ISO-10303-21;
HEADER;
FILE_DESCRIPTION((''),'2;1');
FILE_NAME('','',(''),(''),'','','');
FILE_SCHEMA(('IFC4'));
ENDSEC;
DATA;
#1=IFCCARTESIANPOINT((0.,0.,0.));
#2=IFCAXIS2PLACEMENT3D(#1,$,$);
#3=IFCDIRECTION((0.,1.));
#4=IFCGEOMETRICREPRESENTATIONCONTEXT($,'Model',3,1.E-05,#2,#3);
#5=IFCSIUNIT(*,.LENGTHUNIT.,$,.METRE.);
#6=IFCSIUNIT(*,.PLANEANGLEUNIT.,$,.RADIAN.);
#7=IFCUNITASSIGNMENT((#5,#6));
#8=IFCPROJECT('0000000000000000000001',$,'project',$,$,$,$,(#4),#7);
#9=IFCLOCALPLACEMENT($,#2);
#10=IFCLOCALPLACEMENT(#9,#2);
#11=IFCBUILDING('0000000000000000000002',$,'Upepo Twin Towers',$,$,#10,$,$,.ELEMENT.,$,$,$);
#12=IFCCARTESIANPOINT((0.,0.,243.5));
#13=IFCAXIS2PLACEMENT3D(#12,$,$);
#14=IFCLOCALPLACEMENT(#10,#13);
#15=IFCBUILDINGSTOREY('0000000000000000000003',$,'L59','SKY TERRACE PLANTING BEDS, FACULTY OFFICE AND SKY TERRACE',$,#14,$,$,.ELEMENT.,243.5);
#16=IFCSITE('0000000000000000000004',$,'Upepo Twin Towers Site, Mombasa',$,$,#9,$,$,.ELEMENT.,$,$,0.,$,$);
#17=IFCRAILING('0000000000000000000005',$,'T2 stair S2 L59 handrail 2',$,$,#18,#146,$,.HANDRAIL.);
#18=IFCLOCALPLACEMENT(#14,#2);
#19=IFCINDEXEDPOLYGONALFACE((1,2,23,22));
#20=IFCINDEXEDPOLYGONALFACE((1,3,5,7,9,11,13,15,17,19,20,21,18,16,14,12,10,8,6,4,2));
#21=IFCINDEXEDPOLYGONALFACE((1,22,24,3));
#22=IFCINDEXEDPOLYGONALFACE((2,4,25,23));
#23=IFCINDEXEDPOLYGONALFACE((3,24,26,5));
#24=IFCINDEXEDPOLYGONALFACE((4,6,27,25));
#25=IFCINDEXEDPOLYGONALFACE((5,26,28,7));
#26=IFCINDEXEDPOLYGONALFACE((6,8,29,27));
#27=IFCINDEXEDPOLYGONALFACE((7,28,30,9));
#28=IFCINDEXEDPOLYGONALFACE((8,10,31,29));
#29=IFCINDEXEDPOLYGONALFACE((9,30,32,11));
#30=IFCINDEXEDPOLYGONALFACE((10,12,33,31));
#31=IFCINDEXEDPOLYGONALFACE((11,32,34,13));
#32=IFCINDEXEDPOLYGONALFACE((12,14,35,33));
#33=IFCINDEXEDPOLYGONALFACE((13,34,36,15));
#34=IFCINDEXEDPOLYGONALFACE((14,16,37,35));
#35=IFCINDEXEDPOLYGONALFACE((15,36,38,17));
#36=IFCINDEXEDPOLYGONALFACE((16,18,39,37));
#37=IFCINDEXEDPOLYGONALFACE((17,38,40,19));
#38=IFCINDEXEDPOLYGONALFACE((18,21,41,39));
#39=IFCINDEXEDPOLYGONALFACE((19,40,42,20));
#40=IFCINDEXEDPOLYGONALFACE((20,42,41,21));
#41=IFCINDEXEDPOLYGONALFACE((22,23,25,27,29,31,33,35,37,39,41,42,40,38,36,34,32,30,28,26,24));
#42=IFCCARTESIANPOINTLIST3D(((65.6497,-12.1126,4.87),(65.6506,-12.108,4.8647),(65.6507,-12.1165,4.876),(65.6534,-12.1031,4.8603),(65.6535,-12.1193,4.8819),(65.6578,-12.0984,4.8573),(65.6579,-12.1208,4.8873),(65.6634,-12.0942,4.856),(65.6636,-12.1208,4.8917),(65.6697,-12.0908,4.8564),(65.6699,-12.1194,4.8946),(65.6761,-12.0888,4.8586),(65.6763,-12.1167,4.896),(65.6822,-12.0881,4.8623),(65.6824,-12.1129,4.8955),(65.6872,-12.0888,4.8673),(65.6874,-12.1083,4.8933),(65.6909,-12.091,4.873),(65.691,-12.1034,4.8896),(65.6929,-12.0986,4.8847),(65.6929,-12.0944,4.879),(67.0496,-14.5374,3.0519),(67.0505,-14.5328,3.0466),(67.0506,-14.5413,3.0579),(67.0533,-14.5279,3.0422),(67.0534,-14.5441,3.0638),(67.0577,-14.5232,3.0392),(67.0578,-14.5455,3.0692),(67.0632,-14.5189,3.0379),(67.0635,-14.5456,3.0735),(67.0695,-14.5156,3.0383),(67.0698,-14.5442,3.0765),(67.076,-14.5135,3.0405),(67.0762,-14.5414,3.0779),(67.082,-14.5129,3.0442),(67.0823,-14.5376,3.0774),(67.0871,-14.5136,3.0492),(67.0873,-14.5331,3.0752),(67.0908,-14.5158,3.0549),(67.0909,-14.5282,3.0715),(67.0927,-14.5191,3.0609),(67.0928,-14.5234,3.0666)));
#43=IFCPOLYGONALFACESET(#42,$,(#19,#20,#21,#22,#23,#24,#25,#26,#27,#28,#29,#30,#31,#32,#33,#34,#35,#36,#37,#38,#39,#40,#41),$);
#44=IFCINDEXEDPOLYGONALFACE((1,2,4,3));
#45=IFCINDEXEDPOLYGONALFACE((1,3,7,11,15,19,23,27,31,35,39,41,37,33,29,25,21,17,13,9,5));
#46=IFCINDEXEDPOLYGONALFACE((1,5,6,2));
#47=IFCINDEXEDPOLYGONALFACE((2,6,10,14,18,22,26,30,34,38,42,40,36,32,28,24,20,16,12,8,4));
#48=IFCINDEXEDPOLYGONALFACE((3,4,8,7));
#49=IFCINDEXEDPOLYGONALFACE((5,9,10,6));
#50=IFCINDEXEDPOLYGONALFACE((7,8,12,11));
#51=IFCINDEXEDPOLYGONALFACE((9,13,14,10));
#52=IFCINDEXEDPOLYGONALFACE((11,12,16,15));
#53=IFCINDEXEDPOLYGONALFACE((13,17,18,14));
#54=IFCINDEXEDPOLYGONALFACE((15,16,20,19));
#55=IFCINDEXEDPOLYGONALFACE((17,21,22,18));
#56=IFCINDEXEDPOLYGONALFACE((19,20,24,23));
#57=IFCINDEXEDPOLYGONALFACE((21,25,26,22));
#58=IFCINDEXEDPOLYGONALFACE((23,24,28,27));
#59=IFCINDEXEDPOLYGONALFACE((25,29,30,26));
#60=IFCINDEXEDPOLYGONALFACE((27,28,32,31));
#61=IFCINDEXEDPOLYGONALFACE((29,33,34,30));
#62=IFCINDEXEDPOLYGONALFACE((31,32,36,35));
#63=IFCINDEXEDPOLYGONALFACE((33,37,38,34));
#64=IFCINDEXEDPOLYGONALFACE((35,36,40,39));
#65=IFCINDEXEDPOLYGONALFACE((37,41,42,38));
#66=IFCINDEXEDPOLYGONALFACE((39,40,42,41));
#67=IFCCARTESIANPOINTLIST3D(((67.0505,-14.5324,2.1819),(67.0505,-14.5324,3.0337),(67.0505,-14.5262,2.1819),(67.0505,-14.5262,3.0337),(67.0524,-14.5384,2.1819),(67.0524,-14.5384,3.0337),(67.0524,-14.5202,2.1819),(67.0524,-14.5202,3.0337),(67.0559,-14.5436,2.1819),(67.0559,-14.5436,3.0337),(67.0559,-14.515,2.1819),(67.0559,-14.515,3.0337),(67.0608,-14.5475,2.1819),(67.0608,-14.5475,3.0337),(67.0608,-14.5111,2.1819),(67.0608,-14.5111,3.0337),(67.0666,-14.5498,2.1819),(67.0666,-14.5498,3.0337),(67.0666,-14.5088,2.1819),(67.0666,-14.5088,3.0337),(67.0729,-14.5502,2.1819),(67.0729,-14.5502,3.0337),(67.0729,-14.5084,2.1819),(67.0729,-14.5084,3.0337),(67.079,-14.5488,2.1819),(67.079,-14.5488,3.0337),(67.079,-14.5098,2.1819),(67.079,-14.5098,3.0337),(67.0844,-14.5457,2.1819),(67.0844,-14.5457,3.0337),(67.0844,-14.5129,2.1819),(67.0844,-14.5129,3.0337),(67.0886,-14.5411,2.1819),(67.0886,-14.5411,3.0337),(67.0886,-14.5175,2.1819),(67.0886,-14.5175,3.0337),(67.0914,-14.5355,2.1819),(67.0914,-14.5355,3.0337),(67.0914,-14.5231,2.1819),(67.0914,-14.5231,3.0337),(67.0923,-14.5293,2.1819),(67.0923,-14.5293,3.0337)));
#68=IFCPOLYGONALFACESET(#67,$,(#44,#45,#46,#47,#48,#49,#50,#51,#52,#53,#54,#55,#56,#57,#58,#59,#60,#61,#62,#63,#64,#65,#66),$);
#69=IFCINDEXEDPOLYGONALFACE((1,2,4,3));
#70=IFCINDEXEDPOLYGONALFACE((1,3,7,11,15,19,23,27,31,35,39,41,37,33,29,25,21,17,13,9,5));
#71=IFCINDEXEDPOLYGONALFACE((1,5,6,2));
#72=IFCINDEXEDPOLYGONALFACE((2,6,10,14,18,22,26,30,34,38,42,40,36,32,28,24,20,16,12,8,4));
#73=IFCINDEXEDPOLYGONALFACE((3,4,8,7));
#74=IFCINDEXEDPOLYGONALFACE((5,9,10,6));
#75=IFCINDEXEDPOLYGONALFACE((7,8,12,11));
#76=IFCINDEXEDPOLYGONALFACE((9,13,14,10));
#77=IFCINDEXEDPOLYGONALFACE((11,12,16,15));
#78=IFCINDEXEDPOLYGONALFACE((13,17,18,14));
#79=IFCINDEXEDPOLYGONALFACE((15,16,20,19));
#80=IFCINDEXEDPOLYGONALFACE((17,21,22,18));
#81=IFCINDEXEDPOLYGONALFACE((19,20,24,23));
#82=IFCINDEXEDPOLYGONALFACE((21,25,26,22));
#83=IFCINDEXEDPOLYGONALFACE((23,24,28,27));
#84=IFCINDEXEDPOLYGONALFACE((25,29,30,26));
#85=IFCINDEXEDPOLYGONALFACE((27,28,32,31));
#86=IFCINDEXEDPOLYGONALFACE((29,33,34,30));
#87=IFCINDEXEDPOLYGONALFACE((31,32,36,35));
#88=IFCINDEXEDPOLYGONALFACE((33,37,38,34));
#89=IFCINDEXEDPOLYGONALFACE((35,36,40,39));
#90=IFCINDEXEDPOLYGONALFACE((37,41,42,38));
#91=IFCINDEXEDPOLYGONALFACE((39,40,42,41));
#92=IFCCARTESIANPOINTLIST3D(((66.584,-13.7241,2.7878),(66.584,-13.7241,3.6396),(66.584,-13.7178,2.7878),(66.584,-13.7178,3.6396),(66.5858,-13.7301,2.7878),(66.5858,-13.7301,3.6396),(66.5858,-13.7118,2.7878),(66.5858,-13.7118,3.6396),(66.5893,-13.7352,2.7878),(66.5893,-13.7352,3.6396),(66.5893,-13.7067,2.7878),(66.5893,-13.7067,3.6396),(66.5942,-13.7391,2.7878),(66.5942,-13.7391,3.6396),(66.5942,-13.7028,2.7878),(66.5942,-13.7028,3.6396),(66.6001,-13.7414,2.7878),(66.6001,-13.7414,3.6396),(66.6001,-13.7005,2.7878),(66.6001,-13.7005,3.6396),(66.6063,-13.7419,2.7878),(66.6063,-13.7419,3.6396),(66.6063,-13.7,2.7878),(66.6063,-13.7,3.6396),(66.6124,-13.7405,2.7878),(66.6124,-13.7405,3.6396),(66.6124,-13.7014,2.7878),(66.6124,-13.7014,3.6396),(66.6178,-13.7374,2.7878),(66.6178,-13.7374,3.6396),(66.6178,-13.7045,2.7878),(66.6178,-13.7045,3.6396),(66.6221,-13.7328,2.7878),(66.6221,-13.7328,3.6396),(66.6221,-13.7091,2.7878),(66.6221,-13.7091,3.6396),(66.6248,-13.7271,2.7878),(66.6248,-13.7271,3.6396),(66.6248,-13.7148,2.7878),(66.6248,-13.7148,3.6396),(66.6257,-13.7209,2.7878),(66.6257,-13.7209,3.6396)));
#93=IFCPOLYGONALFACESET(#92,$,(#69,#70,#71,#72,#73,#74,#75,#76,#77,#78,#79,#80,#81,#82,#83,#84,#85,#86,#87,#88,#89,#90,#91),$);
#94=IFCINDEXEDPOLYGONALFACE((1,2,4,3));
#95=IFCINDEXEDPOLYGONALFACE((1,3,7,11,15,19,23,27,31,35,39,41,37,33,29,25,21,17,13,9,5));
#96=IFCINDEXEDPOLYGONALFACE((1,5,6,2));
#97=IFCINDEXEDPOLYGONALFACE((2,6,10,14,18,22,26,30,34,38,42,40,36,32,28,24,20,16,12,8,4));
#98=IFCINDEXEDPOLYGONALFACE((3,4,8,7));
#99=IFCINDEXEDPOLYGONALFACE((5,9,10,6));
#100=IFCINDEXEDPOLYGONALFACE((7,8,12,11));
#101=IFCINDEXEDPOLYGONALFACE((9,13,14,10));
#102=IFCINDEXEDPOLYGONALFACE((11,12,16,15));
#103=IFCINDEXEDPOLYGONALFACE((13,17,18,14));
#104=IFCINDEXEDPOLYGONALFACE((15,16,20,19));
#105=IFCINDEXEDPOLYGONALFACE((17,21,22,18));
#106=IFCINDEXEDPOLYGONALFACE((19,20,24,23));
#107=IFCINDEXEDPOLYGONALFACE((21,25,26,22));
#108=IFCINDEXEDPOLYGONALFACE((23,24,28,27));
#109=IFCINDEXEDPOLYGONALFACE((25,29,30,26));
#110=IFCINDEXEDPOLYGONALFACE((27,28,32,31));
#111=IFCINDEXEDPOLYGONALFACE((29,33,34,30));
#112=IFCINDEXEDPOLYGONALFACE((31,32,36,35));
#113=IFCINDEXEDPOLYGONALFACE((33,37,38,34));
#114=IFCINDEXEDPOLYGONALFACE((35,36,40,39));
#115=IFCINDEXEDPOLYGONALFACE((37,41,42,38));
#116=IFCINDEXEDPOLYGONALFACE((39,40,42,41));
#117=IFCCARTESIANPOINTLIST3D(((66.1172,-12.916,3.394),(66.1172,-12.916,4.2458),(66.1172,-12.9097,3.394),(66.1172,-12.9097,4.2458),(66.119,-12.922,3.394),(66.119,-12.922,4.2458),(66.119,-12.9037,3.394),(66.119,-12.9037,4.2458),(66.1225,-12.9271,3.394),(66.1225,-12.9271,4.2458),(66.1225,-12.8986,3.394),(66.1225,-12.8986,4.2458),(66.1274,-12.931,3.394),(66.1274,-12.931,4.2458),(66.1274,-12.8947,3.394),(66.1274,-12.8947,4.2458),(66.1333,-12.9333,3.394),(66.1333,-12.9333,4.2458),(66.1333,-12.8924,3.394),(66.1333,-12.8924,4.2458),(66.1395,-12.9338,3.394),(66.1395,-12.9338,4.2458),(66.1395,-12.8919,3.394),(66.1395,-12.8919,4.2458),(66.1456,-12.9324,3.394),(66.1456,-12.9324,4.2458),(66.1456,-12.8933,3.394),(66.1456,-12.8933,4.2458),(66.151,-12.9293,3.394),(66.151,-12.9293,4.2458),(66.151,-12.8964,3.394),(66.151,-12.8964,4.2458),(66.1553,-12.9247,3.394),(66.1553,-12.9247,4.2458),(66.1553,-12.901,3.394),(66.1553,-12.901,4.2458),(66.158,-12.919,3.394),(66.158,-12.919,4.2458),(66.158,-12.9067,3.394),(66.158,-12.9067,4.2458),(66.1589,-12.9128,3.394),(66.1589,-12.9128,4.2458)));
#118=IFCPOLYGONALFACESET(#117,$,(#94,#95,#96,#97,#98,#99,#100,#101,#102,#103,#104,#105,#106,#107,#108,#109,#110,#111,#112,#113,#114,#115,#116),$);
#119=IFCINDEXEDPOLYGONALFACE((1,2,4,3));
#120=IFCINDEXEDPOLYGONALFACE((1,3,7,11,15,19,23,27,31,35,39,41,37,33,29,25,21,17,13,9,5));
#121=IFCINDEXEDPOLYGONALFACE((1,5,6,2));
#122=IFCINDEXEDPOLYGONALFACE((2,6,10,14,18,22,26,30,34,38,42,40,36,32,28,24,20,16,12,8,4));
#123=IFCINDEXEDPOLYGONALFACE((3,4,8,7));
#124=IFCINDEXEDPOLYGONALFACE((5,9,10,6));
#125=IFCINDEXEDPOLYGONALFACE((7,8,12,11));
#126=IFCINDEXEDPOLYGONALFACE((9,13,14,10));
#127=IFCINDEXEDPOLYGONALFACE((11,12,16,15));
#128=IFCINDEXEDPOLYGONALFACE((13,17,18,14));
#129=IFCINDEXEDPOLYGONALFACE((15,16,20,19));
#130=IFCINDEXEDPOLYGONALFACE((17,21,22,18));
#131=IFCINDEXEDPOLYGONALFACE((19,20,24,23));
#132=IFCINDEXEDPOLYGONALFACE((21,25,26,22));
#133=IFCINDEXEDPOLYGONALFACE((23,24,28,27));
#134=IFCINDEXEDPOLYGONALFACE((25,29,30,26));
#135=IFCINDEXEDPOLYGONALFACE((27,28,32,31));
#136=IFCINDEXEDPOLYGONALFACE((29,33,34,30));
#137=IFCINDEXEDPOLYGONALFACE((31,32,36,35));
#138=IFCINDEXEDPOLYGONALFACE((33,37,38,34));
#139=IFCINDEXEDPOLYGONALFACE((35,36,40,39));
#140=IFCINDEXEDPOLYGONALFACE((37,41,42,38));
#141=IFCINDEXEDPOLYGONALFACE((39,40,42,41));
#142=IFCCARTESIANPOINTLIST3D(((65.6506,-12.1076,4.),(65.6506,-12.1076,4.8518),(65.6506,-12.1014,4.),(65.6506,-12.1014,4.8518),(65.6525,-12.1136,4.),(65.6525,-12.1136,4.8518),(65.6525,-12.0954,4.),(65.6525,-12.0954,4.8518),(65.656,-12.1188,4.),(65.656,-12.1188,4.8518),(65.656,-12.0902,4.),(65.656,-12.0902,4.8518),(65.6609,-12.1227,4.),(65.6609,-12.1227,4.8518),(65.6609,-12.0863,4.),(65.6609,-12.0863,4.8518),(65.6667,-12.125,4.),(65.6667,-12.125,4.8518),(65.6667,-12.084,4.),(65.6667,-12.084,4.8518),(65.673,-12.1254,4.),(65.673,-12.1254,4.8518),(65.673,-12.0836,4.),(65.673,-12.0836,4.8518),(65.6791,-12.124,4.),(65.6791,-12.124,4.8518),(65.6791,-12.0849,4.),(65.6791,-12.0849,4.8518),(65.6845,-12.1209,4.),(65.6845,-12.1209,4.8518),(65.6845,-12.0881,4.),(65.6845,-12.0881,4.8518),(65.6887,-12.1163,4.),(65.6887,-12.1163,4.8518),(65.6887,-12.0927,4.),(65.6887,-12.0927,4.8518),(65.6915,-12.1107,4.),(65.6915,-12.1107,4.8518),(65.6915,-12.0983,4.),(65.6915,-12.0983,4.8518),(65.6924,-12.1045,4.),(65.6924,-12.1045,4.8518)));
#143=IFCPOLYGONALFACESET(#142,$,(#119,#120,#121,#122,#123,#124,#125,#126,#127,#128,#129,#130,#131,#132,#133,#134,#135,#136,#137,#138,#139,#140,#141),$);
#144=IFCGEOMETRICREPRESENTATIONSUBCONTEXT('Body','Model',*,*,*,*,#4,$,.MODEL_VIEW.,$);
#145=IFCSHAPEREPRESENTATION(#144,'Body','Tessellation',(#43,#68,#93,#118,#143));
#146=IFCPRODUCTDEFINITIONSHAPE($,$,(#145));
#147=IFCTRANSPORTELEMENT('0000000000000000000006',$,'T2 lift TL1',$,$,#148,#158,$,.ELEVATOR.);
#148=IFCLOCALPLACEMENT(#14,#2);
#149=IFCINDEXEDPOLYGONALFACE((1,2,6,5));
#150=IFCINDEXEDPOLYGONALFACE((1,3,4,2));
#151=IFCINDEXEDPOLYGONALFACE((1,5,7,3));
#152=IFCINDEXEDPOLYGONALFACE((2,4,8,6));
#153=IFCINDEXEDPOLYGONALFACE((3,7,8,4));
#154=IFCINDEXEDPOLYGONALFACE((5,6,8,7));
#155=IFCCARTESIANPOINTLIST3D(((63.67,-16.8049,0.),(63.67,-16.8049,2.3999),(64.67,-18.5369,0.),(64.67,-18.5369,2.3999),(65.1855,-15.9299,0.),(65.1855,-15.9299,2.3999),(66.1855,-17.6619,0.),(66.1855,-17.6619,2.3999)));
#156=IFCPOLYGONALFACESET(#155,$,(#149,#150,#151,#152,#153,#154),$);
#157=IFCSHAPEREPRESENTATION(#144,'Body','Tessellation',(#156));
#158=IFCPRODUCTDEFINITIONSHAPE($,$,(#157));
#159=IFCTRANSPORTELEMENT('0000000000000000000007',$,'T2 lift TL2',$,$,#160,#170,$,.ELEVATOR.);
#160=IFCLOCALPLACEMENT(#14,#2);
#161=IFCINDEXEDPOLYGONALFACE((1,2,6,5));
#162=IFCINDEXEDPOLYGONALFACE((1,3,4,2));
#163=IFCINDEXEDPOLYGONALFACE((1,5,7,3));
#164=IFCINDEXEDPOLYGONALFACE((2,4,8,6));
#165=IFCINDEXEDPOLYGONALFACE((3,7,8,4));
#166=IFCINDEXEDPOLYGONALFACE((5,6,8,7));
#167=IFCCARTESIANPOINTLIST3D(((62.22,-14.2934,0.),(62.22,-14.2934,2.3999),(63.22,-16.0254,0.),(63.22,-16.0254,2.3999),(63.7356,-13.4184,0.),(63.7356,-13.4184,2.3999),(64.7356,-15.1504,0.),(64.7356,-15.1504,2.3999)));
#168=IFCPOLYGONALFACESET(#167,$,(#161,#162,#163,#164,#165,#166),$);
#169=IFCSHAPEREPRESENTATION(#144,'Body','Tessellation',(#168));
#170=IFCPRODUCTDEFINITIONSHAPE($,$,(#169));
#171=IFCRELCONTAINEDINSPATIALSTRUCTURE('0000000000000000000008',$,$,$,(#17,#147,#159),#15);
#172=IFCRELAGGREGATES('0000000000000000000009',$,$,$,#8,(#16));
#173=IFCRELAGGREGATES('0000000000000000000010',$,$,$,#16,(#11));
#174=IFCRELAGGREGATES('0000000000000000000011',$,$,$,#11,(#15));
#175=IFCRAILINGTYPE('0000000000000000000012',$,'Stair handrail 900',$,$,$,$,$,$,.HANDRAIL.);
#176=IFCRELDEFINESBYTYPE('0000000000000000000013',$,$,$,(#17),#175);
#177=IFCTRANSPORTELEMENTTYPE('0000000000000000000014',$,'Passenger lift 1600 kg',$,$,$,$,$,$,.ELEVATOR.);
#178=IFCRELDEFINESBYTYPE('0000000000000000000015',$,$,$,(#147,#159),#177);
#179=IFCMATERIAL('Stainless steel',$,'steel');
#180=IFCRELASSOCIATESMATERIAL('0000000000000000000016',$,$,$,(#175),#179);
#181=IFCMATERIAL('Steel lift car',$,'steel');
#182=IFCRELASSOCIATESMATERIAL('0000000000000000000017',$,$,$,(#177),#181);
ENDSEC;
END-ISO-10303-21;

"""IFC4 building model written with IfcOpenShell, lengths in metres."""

from ifc_helpers import new_model, si_unit, direction, frame, origin, origin_2d, place, context, subcontext, project, spatial, rectangle, circle, extrude, material, type_object, element, save


model = new_model("IFC4")

# Units and contexts
model_context = context("Model", 3, precision=1e-05, world=origin(), true_north=direction((0.0, 1.0)))
body_context = subcontext(model_context, "Body", "Model", "MODEL_VIEW")
ifc_project = project(units=[si_unit("LENGTHUNIT", "METRE"), si_unit("PLANEANGLEUNIT", "RADIAN")], contexts=[model_context])

# Site, building, storey
site_placement = place(None, origin())
site = spatial("IfcSite", under=ifc_project, at=site_placement, Name="Upepo Twin Towers Site, Mombasa", CompositionType="ELEMENT", RefElevation=0.0)
building_placement = place(site_placement, origin())
building = spatial("IfcBuilding", under=site, at=building_placement, Name="Upepo Twin Towers", CompositionType="ELEMENT")
storey_placement = place(building_placement, frame((0.0, 0.0, 243.5)))
storey = spatial("IfcBuildingStorey", under=building, at=storey_placement, Name="L59", Description="SKY TERRACE PLANTING BEDS, FACULTY OFFICE AND SKY TERRACE", CompositionType="ELEMENT", Elevation=243.5)

# Railing
ifc_material_1 = material(Name="Stainless steel", Category="steel")
railing_type = type_object("IfcRailingType", Name="Stair handrail 900", PredefinedType="HANDRAIL", material=ifc_material_1)
railing_1_placement = place(storey_placement, frame((67.0713, -14.5293, 2.1819)))
element("IfcRailing", 1, at=railing_1_placement, inside=storey, type_object=railing_type, Name="T2 stair S2 L59 handrail 2", PredefinedType="HANDRAIL", context=body_context, shape_type="SweptSolid", body=[
    extrude(circle(Radius=0.0239, at=origin_2d()), frame((0.0, 0.0, 0.876), z_axis=(-0.419333, 0.726336, 0.544606), x_axis=(-0.866035, -0.499984, 0.0)), (0.0, 0.0, 1.0), 3.3384),
    extrude(circle(Radius=0.021, at=origin_2d()), origin(), (0.0, 0.0, 1.0), 0.8518),
    extrude(circle(Radius=0.021, at=origin_2d()), frame((-0.4666, 0.8083, 0.606)), (0.0, 0.0, 1.0), 0.8518),
    extrude(circle(Radius=0.021, at=origin_2d()), frame((-0.9333, 1.6165, 1.2122)), (0.0, 0.0, 1.0), 0.8518),
    extrude(circle(Radius=0.021, at=origin_2d()), frame((-1.3999, 2.4248, 1.8181)), (0.0, 0.0, 1.0), 0.8518),
])

# Transport elements
ifc_material_2 = material(Name="Steel lift car", Category="steel")
transport_element_type = type_object("IfcTransportElementType", Name="Passenger lift 1600 kg", PredefinedType="ELEVATOR", material=ifc_material_2)
for number, where, z_axis, x_axis, name in (
    (2, (64.9277, -17.2334, 0.0), (0.0, 0.0, 1.0), (-0.5, 0.866025, 0.0), "T2 lift TL1"),
    (3, (63.4778, -14.7219, 0.0), (0.0, 0.0, 1.0), (-0.5, 0.866025, 0.0), "T2 lift TL2"),
):
    element("IfcTransportElement", number, at=place(storey_placement, frame(where, z_axis=z_axis, x_axis=x_axis)), inside=storey, type_object=transport_element_type, Name=name, PredefinedType="ELEVATOR", context=body_context, shape_type="SweptSolid", body=[
        extrude(rectangle(XDim=2.0, YDim=1.75, at=origin_2d()), origin(), (0.0, 0.0, 1.0), 2.3999),
    ])

save(model, "model.ifc")
